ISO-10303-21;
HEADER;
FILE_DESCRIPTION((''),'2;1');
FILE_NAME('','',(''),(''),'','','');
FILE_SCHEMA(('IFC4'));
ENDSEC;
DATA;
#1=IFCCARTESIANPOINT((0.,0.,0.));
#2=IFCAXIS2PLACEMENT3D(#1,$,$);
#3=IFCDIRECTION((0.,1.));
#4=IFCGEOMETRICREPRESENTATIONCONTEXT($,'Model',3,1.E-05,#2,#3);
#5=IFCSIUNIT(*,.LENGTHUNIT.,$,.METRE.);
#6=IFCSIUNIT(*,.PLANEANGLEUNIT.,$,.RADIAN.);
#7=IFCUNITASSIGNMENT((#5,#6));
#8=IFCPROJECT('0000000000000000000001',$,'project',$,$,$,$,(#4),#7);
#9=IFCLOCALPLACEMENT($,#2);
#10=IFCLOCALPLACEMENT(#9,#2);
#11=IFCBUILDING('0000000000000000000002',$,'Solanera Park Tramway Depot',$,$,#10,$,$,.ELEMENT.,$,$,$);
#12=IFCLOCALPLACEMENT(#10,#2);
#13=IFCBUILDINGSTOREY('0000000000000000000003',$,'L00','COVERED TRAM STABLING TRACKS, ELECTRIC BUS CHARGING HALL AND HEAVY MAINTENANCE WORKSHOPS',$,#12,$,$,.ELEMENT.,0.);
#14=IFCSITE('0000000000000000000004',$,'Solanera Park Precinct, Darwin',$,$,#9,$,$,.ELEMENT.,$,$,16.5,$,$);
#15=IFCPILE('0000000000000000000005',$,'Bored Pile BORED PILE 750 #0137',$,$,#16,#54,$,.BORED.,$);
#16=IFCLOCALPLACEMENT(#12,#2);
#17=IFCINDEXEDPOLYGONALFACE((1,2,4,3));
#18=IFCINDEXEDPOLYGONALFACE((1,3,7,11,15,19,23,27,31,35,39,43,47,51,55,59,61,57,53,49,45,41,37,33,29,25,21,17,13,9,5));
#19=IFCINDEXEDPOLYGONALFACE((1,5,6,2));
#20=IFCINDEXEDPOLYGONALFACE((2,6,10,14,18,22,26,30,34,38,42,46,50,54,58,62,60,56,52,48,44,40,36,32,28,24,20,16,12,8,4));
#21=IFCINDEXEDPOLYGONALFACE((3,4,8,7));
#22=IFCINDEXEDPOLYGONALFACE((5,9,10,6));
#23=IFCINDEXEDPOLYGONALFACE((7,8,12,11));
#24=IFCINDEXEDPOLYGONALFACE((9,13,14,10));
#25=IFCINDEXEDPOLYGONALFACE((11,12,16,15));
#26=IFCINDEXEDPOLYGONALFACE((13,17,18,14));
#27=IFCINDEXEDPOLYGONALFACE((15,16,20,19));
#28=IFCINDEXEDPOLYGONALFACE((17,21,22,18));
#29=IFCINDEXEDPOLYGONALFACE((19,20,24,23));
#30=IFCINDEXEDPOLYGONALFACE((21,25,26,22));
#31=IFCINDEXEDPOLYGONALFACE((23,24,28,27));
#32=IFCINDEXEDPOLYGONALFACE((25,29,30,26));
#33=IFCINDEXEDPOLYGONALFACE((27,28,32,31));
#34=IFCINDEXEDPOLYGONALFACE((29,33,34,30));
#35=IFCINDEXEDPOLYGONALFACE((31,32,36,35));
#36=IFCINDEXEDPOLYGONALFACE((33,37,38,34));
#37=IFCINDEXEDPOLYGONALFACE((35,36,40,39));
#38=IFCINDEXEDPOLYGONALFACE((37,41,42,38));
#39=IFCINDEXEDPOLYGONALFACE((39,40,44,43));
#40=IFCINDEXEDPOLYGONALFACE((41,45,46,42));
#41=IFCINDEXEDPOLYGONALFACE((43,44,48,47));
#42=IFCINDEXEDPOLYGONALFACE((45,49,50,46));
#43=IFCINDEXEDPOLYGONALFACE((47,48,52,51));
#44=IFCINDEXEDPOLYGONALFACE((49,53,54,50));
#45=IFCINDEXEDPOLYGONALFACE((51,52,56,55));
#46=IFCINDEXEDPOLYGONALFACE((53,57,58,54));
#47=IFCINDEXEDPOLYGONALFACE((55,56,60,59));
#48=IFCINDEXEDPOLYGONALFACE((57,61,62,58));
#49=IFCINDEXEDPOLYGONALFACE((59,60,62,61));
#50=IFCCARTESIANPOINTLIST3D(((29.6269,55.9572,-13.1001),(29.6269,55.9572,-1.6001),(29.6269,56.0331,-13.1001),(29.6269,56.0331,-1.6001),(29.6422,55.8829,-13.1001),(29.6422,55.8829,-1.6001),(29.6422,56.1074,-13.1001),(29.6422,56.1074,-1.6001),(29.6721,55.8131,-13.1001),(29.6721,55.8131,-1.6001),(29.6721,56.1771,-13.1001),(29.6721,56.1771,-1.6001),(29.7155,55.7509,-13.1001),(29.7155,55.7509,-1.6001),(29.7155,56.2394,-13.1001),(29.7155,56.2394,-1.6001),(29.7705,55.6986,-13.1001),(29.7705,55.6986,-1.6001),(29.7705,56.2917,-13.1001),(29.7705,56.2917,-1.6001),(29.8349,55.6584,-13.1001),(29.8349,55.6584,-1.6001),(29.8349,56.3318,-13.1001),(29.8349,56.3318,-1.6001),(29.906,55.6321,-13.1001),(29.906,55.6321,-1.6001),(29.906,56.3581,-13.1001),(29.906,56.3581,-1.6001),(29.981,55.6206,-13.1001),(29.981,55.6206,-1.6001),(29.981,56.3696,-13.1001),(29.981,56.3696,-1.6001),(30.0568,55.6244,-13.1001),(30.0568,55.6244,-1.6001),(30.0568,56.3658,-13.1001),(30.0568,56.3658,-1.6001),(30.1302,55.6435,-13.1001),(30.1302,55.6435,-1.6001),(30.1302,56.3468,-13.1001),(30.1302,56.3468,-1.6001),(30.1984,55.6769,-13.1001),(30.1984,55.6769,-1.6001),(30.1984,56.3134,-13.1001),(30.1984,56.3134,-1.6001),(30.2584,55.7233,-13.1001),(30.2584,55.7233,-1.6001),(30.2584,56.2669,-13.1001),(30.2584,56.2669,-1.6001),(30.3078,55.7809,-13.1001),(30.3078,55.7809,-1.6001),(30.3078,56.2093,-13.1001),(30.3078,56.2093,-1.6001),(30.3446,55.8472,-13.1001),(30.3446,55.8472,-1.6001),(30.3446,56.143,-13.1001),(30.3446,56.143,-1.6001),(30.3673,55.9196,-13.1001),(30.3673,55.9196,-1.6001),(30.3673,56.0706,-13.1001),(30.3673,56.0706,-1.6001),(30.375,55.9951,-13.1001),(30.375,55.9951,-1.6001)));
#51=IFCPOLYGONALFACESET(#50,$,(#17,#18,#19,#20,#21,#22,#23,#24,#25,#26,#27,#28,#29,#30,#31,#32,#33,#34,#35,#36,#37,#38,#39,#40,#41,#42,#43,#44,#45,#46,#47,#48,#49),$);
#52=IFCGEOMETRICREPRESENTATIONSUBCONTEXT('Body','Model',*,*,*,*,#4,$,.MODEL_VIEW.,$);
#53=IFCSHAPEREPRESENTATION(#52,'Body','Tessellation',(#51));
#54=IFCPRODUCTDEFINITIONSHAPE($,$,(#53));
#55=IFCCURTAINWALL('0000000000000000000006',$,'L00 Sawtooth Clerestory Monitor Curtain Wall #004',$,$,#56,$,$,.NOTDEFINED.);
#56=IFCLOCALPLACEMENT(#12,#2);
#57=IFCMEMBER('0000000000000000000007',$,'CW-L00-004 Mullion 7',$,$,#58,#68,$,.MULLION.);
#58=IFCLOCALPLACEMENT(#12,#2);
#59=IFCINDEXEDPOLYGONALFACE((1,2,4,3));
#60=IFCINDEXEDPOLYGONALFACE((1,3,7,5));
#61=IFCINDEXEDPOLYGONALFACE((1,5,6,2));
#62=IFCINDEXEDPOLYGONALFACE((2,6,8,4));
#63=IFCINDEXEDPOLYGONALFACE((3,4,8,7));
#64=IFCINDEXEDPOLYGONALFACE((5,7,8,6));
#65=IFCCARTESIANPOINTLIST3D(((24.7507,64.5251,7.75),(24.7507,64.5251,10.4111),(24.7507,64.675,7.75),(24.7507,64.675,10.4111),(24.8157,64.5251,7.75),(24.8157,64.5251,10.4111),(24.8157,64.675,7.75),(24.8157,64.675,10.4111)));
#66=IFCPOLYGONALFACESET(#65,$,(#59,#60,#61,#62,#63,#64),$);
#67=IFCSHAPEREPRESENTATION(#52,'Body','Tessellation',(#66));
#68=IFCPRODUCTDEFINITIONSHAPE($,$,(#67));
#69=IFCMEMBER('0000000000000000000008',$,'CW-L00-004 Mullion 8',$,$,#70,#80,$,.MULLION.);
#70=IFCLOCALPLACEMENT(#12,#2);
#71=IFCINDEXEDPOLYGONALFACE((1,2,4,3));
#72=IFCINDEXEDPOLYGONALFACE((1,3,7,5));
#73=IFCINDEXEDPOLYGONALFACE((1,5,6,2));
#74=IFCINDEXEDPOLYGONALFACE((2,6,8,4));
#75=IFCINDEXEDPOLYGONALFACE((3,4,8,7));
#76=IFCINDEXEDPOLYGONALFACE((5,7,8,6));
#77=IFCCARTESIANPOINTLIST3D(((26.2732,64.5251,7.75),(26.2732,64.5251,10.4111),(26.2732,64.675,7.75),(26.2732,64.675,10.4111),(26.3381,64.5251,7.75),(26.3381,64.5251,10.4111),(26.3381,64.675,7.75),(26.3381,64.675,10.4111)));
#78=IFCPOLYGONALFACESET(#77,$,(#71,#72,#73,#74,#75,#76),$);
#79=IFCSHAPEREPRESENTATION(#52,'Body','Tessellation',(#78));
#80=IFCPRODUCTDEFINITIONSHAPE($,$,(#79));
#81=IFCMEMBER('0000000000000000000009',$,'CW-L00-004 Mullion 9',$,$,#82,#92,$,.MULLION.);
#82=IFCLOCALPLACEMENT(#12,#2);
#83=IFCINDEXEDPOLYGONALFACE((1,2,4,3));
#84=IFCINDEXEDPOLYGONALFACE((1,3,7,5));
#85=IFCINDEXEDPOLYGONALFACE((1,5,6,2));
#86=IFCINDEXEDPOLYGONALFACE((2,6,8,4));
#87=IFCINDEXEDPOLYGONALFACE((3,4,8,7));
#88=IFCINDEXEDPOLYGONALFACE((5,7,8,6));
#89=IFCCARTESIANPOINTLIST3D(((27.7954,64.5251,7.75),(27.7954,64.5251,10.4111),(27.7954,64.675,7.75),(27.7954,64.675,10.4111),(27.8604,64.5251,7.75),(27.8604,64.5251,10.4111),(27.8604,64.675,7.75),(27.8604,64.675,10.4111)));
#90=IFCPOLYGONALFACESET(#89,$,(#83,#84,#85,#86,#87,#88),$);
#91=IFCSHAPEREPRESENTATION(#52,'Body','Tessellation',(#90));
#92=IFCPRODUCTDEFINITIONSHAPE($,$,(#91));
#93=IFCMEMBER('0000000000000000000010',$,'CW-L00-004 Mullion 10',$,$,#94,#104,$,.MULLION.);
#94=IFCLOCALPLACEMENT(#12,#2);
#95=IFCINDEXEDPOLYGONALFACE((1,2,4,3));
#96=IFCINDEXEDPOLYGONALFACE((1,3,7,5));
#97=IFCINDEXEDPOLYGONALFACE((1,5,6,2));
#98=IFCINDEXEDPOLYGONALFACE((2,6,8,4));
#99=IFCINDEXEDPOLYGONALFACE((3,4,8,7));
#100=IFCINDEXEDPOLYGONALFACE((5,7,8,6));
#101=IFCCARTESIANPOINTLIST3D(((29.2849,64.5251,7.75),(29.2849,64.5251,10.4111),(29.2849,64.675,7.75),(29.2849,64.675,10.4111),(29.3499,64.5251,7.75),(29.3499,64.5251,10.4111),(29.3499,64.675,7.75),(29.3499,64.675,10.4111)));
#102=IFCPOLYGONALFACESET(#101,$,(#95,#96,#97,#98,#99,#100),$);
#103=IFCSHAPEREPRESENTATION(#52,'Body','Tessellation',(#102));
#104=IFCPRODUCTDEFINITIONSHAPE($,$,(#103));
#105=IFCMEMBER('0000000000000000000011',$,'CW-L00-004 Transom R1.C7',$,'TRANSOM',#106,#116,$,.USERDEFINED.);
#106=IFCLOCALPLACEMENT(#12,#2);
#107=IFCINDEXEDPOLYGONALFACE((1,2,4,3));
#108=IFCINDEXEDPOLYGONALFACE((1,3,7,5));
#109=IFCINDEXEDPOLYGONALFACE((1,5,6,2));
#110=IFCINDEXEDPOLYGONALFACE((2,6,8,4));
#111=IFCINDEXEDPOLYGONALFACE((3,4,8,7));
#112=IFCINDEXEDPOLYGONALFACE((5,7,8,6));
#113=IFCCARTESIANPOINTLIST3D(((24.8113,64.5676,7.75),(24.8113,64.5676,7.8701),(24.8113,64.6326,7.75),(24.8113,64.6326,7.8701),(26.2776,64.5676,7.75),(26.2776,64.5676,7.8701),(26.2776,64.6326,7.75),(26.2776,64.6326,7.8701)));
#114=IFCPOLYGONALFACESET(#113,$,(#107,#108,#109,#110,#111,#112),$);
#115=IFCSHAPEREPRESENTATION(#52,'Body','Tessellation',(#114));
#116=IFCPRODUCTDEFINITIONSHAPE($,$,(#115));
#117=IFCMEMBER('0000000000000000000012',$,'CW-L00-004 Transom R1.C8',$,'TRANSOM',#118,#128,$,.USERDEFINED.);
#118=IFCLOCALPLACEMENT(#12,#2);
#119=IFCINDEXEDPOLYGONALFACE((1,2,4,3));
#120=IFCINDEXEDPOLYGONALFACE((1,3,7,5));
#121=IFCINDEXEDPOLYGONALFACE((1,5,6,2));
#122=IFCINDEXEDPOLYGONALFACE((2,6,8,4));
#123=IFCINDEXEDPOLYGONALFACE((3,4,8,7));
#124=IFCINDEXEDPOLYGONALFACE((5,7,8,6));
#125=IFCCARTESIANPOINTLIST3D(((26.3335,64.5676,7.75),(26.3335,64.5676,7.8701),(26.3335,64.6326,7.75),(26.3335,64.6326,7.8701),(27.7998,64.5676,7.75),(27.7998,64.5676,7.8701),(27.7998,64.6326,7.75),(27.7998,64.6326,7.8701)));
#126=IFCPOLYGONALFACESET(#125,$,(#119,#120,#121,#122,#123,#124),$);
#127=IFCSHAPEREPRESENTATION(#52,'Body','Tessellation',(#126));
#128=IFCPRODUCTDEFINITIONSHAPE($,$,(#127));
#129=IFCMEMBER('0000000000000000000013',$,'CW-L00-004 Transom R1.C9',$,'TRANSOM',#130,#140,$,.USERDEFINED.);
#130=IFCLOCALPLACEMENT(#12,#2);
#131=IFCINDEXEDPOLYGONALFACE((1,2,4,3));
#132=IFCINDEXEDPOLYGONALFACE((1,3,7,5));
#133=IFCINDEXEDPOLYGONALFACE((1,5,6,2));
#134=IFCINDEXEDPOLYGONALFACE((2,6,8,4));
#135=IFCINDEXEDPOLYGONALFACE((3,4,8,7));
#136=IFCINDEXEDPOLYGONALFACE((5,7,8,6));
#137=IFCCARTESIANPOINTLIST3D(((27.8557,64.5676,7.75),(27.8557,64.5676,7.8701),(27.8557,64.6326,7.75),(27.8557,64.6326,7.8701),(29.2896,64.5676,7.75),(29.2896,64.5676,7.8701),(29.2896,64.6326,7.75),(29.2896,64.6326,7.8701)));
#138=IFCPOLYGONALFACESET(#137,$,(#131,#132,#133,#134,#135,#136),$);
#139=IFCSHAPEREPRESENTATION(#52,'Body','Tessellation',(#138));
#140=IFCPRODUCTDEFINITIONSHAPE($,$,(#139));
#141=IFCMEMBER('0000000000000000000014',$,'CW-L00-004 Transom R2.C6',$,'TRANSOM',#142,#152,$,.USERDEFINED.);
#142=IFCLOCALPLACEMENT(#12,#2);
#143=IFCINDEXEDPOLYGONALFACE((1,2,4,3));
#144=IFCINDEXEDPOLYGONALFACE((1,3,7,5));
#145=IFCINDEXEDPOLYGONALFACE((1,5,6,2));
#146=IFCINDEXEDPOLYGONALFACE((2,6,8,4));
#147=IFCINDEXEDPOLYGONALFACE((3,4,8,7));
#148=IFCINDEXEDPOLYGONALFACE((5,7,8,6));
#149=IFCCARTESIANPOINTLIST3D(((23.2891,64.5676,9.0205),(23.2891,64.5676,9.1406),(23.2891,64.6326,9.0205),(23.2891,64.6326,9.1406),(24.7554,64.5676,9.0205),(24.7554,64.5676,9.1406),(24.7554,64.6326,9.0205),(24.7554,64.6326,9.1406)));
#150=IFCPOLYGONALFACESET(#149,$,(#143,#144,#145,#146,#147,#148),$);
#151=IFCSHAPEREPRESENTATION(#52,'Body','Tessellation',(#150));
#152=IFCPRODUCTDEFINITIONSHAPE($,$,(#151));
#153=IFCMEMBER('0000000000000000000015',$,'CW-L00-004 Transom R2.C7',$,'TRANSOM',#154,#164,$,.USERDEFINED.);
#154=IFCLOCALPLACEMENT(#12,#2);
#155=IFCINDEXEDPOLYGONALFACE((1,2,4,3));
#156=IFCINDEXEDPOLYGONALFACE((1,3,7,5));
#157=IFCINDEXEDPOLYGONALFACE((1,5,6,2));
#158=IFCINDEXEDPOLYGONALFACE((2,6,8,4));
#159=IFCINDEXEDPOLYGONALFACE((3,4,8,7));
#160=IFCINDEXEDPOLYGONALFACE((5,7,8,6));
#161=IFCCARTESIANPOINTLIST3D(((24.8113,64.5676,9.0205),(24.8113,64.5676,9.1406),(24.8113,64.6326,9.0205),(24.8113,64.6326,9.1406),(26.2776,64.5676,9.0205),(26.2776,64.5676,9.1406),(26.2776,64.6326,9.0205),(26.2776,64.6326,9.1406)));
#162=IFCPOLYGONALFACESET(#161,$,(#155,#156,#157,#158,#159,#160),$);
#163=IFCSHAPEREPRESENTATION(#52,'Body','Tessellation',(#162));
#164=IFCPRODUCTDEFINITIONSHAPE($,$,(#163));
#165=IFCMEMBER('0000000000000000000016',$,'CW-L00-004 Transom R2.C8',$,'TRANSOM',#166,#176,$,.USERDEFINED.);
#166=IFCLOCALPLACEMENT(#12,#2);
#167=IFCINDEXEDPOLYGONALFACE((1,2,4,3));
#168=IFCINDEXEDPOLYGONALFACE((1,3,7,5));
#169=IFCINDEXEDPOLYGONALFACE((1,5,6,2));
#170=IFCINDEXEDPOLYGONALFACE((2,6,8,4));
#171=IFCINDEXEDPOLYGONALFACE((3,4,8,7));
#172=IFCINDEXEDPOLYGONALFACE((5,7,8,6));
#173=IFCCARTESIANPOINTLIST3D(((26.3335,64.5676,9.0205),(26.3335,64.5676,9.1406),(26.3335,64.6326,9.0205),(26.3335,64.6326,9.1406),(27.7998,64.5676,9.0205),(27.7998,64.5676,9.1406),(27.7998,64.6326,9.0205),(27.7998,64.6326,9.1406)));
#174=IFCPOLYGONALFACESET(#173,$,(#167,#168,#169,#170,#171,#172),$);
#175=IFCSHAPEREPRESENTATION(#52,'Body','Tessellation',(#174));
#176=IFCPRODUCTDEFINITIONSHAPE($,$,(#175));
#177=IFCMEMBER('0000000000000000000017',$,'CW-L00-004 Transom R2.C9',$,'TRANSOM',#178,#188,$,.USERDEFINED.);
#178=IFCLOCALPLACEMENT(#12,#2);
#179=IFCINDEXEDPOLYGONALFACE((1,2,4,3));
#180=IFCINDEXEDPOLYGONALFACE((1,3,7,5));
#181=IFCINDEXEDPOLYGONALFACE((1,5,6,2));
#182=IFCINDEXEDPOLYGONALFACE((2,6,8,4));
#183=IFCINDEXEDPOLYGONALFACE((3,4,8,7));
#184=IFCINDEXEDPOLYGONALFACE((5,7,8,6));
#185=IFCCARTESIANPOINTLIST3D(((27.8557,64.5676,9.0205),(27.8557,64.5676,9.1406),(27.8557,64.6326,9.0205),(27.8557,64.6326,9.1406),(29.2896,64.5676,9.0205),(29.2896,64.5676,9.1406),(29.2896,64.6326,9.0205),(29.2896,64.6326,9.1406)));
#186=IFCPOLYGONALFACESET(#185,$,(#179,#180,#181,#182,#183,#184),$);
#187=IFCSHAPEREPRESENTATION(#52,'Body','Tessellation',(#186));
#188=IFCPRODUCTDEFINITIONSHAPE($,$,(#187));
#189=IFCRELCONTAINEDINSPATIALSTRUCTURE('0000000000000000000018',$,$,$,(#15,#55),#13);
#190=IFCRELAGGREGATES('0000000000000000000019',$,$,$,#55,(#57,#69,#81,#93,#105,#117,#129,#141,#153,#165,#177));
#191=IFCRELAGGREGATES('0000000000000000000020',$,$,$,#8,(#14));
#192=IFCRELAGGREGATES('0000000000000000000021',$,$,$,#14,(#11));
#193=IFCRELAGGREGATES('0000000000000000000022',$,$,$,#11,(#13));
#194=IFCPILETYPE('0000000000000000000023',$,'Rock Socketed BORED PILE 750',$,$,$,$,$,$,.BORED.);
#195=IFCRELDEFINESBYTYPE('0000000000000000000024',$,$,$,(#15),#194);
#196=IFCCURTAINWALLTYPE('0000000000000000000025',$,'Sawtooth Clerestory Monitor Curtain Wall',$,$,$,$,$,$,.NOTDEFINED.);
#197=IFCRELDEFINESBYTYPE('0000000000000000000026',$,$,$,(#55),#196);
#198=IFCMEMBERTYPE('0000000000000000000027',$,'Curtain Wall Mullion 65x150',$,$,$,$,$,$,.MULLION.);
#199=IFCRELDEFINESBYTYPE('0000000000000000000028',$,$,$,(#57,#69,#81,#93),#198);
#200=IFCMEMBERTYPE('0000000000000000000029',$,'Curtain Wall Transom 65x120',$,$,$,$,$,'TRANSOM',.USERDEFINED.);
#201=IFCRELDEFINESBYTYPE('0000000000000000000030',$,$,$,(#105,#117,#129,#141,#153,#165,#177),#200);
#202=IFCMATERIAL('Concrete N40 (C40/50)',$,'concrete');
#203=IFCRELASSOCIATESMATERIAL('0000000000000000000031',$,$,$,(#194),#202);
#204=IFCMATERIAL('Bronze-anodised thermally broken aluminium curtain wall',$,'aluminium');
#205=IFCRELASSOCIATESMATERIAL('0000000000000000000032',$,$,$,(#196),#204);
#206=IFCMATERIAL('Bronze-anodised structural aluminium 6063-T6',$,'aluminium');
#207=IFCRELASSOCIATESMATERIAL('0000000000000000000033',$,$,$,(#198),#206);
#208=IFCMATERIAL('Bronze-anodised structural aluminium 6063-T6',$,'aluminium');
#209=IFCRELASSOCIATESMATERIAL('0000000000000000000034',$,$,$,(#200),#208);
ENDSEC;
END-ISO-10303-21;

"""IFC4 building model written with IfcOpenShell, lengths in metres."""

from ifc_helpers import new_model, si_unit, direction, frame, origin, origin_2d, place, context, subcontext, project, spatial, rectangle, circle, extrude, material, material_profile, profile_set, type_object, element, aggregate, save


model = new_model("IFC4")

# Units and contexts
model_context = context("Model", 3, precision=1e-05, world=origin(), true_north=direction((0.0, 1.0)))
body_context = subcontext(model_context, "Body", "Model", "MODEL_VIEW")
ifc_project = project(units=[si_unit("LENGTHUNIT", "METRE"), si_unit("PLANEANGLEUNIT", "RADIAN")], contexts=[model_context])

# Site, building, storey
site_placement = place(None, origin())
site = spatial("IfcSite", under=ifc_project, at=site_placement, Name="Solanera Park Precinct, Darwin", CompositionType="ELEMENT", RefElevation=16.5)
building_placement = place(site_placement, origin())
building = spatial("IfcBuilding", under=site, at=building_placement, Name="Solanera Park Tramway Depot", CompositionType="ELEMENT")
storey_placement = place(building_placement, origin())
storey = spatial("IfcBuildingStorey", under=building, at=storey_placement, Name="L00", Description="COVERED TRAM STABLING TRACKS, ELECTRIC BUS CHARGING HALL AND HEAVY MAINTENANCE WORKSHOPS", CompositionType="ELEMENT", Elevation=0.0)

# Pile
ifc_material_1 = material(Name="Concrete N40 (C40/50)", Category="concrete")
ifc_material_profile_1 = material_profile(ifc_material_1, circle(Radius=0.375, at=origin_2d()), Name="BORED PILE 750")
ifc_profile_set_1 = profile_set([ifc_material_profile_1], Name="Concrete N40 (C40/50)")
pile_type = type_object("IfcPileType", Name="Rock Socketed BORED PILE 750", PredefinedType="BORED", material=ifc_profile_set_1)
pile_placement = place(storey_placement, frame((30.0, 55.9951, -1.6001), z_axis=(0.0, 0.0, -1.0), x_axis=(1.0, 0.0, 0.0)))
element("IfcPile", 1, at=pile_placement, inside=storey, type_object=pile_type, Name="Bored Pile BORED PILE 750 #0137", PredefinedType="BORED", context=body_context, shape_type="SweptSolid", body=[
    extrude(circle(Radius=0.375, at=origin_2d()), origin(), (0.0, 0.0, 1.0), 11.5),
])

# Curtain wall, members
ifc_material_2 = material(Name="Bronze-anodised thermally broken aluminium curtain wall", Category="aluminium")
curtain_wall_type = type_object("IfcCurtainWallType", Name="Sawtooth Clerestory Monitor Curtain Wall", PredefinedType="NOTDEFINED", material=ifc_material_2)
curtain_wall_placement = place(storey_placement, origin())
curtain_wall = element("IfcCurtainWall", 2, at=curtain_wall_placement, inside=storey, type_object=curtain_wall_type, Name="L00 Sawtooth Clerestory Monitor Curtain Wall #004", PredefinedType="NOTDEFINED")
ifc_material_3 = material(Name="Bronze-anodised structural aluminium 6063-T6", Category="aluminium")
ifc_material_profile_2 = material_profile(ifc_material_3, rectangle(XDim=0.0649, YDim=0.1499, at=origin_2d()), Name="Curtain Wall Mullion 65x150")
ifc_profile_set_2 = profile_set([ifc_material_profile_2], Name="Bronze-anodised structural aluminium 6063-T6")
member_type_1 = type_object("IfcMemberType", Name="Curtain Wall Mullion 65x150", PredefinedType="MULLION", material=ifc_profile_set_2)
member_1_placement = place(storey_placement, frame((24.7832, 64.6001, 7.75), z_axis=(0.0, 0.0, 1.0), x_axis=(1.0, 0.0, 0.0)))
member_1 = element("IfcMember", 3, at=member_1_placement, type_object=member_type_1, Name="CW-L00-004 Mullion 7", PredefinedType="MULLION", context=body_context, shape_type="SweptSolid", body=[
    extrude(rectangle(XDim=0.0649, YDim=0.1499, at=origin_2d()), origin(), (0.0, 0.0, 1.0), 2.6611),
])
member_2_placement = place(storey_placement, frame((26.3057, 64.6001, 7.75), z_axis=(0.0, 0.0, 1.0), x_axis=(1.0, 0.0, 0.0)))
member_2 = element("IfcMember", 4, at=member_2_placement, type_object=member_type_1, Name="CW-L00-004 Mullion 8", PredefinedType="MULLION", context=body_context, shape_type="SweptSolid", body=[
    extrude(rectangle(XDim=0.0649, YDim=0.1499, at=origin_2d()), origin(), (0.0, 0.0, 1.0), 2.6611),
])
member_3_placement = place(storey_placement, frame((27.8279, 64.6001, 7.75), z_axis=(0.0, 0.0, 1.0), x_axis=(1.0, 0.0, 0.0)))
member_3 = element("IfcMember", 5, at=member_3_placement, type_object=member_type_1, Name="CW-L00-004 Mullion 9", PredefinedType="MULLION", context=body_context, shape_type="SweptSolid", body=[
    extrude(rectangle(XDim=0.0649, YDim=0.1499, at=origin_2d()), origin(), (0.0, 0.0, 1.0), 2.6611),
])
member_4_placement = place(storey_placement, frame((29.3174, 64.6001, 7.75), z_axis=(0.0, 0.0, 1.0), x_axis=(1.0, 0.0, 0.0)))
member_4 = element("IfcMember", 6, at=member_4_placement, type_object=member_type_1, Name="CW-L00-004 Mullion 10", PredefinedType="MULLION", context=body_context, shape_type="SweptSolid", body=[
    extrude(rectangle(XDim=0.0649, YDim=0.1499, at=origin_2d()), origin(), (0.0, 0.0, 1.0), 2.6611),
])
ifc_material_4 = material(Name="Bronze-anodised structural aluminium 6063-T6", Category="aluminium")
ifc_material_profile_3 = material_profile(ifc_material_4, rectangle(XDim=0.0649, YDim=0.1201, at=origin_2d()), Name="Curtain Wall Transom 65x120")
ifc_profile_set_3 = profile_set([ifc_material_profile_3], Name="Bronze-anodised structural aluminium 6063-T6")
member_type_2 = type_object("IfcMemberType", Name="Curtain Wall Transom 65x120", ElementType="TRANSOM", PredefinedType="USERDEFINED", material=ifc_profile_set_3)
member_5_placement = place(storey_placement, frame((24.8113, 64.6001, 7.8101), z_axis=(1.0, 0.0, 0.0), x_axis=(0.0, 1.0, 0.0)))
member_5 = element("IfcMember", 7, at=member_5_placement, type_object=member_type_2, Name="CW-L00-004 Transom R1.C7", ObjectType="TRANSOM", PredefinedType="USERDEFINED", context=body_context, shape_type="SweptSolid", body=[
    extrude(rectangle(XDim=0.0649, YDim=0.1201, at=origin_2d()), origin(), (0.0, 0.0, 1.0), 1.4663),
])
member_6_placement = place(storey_placement, frame((26.3335, 64.6001, 7.8101), z_axis=(1.0, 0.0, 0.0), x_axis=(0.0, 1.0, 0.0)))
member_6 = element("IfcMember", 8, at=member_6_placement, type_object=member_type_2, Name="CW-L00-004 Transom R1.C8", ObjectType="TRANSOM", PredefinedType="USERDEFINED", context=body_context, shape_type="SweptSolid", body=[
    extrude(rectangle(XDim=0.0649, YDim=0.1201, at=origin_2d()), origin(), (0.0, 0.0, 1.0), 1.4663),
])
member_7_placement = place(storey_placement, frame((27.8557, 64.6001, 7.8101), z_axis=(1.0, 0.0, 0.0), x_axis=(0.0, 1.0, 0.0)))
member_7 = element("IfcMember", 9, at=member_7_placement, type_object=member_type_2, Name="CW-L00-004 Transom R1.C9", ObjectType="TRANSOM", PredefinedType="USERDEFINED", context=body_context, shape_type="SweptSolid", body=[
    extrude(rectangle(XDim=0.0649, YDim=0.1201, at=origin_2d()), origin(), (0.0, 0.0, 1.0), 1.4338),
])
member_8_placement = place(storey_placement, frame((23.2891, 64.6001, 9.0806), z_axis=(1.0, 0.0, 0.0), x_axis=(0.0, 1.0, 0.0)))
member_8 = element("IfcMember", 10, at=member_8_placement, type_object=member_type_2, Name="CW-L00-004 Transom R2.C6", ObjectType="TRANSOM", PredefinedType="USERDEFINED", context=body_context, shape_type="SweptSolid", body=[
    extrude(rectangle(XDim=0.0649, YDim=0.1201, at=origin_2d()), origin(), (0.0, 0.0, 1.0), 1.4663),
])
member_9_placement = place(storey_placement, frame((24.8113, 64.6001, 9.0806), z_axis=(1.0, 0.0, 0.0), x_axis=(0.0, 1.0, 0.0)))
member_9 = element("IfcMember", 11, at=member_9_placement, type_object=member_type_2, Name="CW-L00-004 Transom R2.C7", ObjectType="TRANSOM", PredefinedType="USERDEFINED", context=body_context, shape_type="SweptSolid", body=[
    extrude(rectangle(XDim=0.0649, YDim=0.1201, at=origin_2d()), origin(), (0.0, 0.0, 1.0), 1.4663),
])
member_10_placement = place(storey_placement, frame((26.3335, 64.6001, 9.0806), z_axis=(1.0, 0.0, 0.0), x_axis=(0.0, 1.0, 0.0)))
member_10 = element("IfcMember", 12, at=member_10_placement, type_object=member_type_2, Name="CW-L00-004 Transom R2.C8", ObjectType="TRANSOM", PredefinedType="USERDEFINED", context=body_context, shape_type="SweptSolid", body=[
    extrude(rectangle(XDim=0.0649, YDim=0.1201, at=origin_2d()), origin(), (0.0, 0.0, 1.0), 1.4663),
])
member_11_placement = place(storey_placement, frame((27.8557, 64.6001, 9.0806), z_axis=(1.0, 0.0, 0.0), x_axis=(0.0, 1.0, 0.0)))
member_11 = element("IfcMember", 13, at=member_11_placement, type_object=member_type_2, Name="CW-L00-004 Transom R2.C9", ObjectType="TRANSOM", PredefinedType="USERDEFINED", context=body_context, shape_type="SweptSolid", body=[
    extrude(rectangle(XDim=0.0649, YDim=0.1201, at=origin_2d()), origin(), (0.0, 0.0, 1.0), 1.4338),
])

aggregate(curtain_wall, [member_1, member_2, member_3, member_4, member_5, member_6, member_7, member_8, member_9, member_10, member_11])

save(model, "model.ifc")
